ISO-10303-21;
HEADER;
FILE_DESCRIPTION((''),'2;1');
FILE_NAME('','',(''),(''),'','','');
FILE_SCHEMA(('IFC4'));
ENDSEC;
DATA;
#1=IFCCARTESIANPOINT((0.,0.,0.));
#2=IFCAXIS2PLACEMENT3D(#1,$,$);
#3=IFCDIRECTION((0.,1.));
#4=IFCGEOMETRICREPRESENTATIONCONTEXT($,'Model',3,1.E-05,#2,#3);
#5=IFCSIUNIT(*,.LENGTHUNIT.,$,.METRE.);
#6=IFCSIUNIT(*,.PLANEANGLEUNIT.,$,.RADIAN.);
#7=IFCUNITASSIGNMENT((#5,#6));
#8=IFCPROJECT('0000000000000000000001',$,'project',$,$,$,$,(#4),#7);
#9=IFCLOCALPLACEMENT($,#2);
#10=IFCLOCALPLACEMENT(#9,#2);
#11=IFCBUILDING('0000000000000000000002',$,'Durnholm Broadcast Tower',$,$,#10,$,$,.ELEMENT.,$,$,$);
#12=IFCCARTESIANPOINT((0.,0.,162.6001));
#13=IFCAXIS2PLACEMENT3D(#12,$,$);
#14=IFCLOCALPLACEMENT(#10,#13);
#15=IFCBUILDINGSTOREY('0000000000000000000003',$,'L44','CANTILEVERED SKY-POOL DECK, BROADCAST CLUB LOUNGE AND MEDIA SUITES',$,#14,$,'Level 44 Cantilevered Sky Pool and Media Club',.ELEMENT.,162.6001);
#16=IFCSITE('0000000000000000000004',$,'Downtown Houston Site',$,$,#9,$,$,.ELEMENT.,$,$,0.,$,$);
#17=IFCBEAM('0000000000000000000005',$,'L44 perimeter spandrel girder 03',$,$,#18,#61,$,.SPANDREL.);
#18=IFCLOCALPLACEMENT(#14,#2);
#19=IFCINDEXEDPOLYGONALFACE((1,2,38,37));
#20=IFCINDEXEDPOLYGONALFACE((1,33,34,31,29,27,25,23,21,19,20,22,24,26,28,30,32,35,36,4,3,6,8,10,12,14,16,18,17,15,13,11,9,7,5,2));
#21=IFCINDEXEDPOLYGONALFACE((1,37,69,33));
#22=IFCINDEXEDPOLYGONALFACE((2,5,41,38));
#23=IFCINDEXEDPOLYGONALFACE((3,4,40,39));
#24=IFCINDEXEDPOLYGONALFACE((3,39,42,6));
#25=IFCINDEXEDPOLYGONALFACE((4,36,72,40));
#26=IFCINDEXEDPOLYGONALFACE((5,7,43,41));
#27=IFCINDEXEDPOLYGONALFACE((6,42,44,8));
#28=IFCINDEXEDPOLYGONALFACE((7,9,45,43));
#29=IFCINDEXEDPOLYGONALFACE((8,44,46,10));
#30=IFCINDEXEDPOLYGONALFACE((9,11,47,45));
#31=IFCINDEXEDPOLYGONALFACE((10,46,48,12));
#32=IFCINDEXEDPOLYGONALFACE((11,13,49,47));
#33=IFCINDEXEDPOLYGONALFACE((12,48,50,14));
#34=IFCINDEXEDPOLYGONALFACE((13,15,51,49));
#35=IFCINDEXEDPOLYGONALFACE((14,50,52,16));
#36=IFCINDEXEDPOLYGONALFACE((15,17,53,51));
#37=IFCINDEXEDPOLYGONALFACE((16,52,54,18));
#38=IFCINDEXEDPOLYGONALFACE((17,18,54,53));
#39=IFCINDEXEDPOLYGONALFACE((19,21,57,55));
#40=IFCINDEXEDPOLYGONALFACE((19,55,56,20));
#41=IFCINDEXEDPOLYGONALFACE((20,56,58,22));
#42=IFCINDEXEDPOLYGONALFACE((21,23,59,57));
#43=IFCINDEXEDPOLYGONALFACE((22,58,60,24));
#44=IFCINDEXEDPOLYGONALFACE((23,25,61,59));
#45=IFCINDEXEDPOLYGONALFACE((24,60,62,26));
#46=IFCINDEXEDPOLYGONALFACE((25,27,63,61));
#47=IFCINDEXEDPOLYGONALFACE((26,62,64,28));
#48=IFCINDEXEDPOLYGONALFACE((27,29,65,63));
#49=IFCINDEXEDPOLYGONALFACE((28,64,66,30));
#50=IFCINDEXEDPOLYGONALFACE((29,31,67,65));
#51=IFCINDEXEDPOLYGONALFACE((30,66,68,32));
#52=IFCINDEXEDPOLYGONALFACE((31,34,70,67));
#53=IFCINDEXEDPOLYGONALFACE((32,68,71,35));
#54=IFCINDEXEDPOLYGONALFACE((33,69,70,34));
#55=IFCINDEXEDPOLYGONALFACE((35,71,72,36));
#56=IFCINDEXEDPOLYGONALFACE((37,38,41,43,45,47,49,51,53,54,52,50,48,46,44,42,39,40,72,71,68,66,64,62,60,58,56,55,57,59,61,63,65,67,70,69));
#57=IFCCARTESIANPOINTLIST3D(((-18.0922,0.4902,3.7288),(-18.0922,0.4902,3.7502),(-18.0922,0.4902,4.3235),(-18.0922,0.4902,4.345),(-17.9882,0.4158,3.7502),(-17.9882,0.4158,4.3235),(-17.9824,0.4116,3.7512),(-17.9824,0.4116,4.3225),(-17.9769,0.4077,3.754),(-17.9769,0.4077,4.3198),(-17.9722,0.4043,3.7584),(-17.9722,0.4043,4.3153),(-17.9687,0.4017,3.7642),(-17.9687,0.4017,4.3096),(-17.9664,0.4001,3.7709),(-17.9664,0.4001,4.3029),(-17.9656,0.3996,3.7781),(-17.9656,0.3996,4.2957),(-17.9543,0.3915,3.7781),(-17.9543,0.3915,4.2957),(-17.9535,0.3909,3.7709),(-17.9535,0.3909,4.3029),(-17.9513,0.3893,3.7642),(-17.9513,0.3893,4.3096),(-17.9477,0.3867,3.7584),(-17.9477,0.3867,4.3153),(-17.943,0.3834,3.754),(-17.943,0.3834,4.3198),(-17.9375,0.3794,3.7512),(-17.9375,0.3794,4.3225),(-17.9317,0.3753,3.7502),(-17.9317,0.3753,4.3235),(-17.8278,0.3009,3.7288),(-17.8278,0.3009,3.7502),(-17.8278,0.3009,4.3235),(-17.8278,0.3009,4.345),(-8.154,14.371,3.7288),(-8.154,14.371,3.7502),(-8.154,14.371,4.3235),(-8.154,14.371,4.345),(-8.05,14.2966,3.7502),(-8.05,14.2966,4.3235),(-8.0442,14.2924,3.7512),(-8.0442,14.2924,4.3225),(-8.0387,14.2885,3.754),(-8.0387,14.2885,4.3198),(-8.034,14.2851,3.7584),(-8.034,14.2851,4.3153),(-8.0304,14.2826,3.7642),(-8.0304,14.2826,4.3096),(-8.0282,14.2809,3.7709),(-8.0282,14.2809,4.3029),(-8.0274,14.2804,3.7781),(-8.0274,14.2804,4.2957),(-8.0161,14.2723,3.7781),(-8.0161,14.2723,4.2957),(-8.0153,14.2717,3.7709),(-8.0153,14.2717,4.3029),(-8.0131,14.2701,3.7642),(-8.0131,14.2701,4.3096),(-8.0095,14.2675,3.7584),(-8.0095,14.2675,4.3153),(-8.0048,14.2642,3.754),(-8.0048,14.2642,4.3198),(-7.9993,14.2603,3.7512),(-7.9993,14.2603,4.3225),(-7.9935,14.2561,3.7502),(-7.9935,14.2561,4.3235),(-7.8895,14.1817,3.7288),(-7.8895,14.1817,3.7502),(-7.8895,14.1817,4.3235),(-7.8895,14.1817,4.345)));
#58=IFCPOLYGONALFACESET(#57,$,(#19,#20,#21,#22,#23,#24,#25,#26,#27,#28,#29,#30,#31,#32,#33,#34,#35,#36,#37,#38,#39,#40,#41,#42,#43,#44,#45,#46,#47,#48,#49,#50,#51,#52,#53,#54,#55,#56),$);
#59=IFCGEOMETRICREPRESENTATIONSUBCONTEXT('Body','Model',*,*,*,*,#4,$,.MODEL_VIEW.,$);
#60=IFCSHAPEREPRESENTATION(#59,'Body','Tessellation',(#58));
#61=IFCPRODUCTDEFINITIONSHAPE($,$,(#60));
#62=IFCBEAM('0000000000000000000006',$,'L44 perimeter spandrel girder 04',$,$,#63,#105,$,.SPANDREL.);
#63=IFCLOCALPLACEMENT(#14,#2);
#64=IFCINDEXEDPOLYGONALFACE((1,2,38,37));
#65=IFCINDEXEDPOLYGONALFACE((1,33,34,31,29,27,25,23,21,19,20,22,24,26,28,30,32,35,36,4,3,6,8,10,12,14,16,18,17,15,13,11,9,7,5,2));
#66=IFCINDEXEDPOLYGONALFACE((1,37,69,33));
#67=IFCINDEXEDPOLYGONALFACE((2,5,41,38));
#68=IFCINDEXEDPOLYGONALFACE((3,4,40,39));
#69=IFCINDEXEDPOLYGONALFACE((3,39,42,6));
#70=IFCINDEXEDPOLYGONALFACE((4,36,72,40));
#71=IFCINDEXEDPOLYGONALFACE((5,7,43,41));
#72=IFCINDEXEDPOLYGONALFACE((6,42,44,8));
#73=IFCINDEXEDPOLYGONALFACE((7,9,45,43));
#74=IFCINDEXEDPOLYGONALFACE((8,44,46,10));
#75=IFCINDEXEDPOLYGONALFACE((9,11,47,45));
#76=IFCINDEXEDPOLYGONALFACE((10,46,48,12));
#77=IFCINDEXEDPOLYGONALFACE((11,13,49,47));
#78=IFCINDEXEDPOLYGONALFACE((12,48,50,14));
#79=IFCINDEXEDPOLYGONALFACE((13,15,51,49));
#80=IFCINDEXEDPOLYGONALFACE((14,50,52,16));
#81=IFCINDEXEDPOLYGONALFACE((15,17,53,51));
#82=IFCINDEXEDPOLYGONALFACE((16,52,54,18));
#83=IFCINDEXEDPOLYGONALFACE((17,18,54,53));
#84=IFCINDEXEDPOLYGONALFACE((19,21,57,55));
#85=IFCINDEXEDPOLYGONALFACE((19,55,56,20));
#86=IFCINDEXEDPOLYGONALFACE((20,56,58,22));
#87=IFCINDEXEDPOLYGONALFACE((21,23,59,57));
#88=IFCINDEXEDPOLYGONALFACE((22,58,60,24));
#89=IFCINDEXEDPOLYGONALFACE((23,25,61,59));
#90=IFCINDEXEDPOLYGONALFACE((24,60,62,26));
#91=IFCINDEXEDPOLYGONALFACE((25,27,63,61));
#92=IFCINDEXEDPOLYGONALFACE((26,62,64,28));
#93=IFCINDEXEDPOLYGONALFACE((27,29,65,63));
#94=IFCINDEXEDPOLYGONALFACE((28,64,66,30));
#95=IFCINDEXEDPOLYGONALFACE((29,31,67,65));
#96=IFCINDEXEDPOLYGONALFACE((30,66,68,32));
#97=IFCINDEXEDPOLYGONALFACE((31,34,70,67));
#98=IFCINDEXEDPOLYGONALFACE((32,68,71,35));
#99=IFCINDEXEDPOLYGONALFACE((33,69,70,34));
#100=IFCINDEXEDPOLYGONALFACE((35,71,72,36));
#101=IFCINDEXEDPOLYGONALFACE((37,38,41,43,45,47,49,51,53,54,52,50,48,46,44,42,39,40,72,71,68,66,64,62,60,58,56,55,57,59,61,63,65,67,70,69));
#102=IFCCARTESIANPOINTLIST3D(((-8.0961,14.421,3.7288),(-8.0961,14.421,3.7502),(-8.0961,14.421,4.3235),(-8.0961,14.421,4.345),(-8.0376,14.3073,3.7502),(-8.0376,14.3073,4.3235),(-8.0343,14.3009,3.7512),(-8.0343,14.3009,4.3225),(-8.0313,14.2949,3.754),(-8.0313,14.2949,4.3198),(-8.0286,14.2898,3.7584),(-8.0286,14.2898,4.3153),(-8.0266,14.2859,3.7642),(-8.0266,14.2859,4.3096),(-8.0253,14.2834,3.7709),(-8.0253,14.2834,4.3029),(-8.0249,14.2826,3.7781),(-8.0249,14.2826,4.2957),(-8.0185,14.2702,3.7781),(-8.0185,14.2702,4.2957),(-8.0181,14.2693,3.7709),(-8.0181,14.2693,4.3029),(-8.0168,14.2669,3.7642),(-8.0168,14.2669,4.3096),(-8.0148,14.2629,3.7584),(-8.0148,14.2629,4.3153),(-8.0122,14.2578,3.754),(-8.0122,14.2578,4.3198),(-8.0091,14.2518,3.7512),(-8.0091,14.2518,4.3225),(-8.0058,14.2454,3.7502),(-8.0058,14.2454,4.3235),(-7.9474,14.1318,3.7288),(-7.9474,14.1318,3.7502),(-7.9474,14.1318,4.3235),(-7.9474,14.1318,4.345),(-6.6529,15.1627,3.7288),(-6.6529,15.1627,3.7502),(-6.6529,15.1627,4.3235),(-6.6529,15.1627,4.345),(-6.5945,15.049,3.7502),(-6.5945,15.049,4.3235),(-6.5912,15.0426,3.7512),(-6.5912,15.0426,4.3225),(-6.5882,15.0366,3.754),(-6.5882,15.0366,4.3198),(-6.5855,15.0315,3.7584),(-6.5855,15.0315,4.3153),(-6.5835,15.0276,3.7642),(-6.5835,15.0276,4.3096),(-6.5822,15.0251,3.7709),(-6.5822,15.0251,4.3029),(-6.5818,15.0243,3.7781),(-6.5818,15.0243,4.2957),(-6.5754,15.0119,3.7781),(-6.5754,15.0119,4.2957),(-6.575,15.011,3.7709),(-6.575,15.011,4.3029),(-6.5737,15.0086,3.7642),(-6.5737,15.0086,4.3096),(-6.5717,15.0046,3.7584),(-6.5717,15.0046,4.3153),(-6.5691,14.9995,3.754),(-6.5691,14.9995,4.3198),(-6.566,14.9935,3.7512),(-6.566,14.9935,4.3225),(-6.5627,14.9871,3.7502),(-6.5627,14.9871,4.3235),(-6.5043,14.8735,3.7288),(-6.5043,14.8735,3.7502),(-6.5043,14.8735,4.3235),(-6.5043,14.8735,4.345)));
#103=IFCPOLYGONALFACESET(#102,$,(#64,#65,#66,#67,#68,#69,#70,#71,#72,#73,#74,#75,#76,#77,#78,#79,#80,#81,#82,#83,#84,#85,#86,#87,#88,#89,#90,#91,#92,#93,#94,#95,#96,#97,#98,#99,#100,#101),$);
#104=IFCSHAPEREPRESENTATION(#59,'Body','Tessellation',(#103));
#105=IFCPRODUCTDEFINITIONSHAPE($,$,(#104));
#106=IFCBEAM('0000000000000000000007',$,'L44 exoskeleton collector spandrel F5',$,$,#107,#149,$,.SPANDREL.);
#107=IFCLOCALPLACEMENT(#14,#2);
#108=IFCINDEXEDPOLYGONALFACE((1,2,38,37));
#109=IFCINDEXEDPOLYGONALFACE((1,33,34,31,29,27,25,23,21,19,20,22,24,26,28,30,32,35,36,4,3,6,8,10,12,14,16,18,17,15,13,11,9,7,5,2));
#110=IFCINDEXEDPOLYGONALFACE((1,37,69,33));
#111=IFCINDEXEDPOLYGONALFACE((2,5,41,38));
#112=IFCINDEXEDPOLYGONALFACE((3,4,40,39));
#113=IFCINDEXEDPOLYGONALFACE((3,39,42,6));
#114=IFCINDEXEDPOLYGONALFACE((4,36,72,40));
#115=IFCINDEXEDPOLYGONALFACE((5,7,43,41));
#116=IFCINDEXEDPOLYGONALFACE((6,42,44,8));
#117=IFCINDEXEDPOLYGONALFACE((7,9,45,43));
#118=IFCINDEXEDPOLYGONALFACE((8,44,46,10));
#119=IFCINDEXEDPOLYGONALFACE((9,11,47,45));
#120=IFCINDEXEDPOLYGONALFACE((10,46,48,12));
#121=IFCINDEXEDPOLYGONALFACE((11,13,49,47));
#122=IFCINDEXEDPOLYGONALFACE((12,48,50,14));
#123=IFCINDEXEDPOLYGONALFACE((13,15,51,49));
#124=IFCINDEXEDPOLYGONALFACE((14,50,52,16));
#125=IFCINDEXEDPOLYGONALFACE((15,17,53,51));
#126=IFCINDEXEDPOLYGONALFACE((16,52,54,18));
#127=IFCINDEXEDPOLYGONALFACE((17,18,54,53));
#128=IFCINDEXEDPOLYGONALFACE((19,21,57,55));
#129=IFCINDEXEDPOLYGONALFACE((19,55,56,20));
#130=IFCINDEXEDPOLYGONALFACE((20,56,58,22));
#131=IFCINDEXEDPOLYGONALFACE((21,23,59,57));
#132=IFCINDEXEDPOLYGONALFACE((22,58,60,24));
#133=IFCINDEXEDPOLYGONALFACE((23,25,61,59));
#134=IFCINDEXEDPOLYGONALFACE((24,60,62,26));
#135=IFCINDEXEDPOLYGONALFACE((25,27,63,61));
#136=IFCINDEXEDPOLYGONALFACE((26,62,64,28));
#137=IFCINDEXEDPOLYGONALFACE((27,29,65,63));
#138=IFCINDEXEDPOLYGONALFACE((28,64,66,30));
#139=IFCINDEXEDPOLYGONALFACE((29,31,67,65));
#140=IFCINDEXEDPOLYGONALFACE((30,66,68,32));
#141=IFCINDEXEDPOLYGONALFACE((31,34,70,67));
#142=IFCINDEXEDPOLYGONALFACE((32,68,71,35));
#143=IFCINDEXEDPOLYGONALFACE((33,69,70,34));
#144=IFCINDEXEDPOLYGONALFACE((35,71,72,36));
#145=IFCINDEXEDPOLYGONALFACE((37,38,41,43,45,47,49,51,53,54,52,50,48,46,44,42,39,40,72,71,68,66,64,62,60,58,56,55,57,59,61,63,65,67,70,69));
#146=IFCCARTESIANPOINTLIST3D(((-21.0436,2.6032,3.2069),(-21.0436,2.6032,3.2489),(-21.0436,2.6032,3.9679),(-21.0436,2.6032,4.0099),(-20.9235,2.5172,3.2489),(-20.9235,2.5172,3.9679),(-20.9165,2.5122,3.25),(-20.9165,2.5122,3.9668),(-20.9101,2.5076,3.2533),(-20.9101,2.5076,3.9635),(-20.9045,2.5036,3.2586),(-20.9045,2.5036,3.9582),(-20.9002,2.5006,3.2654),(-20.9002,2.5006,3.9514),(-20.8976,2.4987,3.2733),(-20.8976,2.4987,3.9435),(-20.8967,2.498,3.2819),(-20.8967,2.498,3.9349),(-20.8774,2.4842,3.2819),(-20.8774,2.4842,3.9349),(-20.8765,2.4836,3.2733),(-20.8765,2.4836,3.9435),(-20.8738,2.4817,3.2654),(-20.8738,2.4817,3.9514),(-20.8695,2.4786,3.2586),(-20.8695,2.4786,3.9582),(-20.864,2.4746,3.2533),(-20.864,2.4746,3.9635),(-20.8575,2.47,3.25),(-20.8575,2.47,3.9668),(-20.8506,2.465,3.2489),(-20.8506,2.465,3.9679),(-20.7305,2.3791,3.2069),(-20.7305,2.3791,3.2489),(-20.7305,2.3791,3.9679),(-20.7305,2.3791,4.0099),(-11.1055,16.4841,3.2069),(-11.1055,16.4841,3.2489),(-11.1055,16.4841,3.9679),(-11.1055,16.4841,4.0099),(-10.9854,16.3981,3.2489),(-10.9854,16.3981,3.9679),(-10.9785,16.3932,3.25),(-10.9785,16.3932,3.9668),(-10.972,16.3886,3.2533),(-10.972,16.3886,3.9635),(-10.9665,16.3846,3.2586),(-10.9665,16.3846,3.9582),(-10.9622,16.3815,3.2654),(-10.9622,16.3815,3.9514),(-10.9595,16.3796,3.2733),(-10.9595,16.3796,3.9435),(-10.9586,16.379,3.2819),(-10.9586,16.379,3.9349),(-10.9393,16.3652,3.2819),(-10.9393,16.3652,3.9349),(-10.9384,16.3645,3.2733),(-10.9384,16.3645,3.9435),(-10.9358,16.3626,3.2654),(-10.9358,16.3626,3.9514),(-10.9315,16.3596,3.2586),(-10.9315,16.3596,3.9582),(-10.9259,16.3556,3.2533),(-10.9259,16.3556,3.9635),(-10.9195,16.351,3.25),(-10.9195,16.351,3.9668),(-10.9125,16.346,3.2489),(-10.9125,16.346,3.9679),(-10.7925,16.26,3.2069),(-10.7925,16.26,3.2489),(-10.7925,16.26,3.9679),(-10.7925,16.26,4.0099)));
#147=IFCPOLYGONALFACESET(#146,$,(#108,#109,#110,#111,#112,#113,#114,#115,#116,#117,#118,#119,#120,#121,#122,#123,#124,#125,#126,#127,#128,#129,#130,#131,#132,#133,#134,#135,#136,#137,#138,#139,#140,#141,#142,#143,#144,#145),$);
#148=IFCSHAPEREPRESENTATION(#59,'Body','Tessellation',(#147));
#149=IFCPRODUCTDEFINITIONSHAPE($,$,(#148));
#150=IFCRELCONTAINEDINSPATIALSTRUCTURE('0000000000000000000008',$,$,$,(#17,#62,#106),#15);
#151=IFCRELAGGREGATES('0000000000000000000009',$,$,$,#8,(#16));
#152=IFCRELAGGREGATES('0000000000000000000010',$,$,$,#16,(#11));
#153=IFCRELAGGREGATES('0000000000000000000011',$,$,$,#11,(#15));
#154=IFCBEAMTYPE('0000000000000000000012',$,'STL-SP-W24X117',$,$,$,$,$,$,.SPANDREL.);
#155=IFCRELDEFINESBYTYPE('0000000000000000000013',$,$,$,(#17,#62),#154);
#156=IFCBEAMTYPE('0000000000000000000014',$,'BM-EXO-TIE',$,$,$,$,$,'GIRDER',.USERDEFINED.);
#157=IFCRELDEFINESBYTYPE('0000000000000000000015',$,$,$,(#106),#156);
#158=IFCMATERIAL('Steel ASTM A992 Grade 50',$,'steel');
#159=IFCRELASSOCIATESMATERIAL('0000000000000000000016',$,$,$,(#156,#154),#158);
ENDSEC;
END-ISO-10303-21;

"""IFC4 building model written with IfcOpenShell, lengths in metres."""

from ifc_helpers import new_model, si_unit, direction, frame, origin, origin_2d, place, context, subcontext, project, spatial, i_section, extrude, source, transform, mapped, material, material_profile, profile_set, type_object, type_shapes, element, save


model = new_model("IFC4")

# Units and contexts
model_context = context("Model", 3, precision=1e-05, world=origin(), true_north=direction((0.0, 1.0)))
body_context = subcontext(model_context, "Body", "Model", "MODEL_VIEW")
ifc_project = project(units=[si_unit("LENGTHUNIT", "METRE"), si_unit("PLANEANGLEUNIT", "RADIAN")], contexts=[model_context])

# Site, building, storey
site_placement = place(None, origin())
site = spatial("IfcSite", under=ifc_project, at=site_placement, Name="Downtown Houston Site", CompositionType="ELEMENT", RefElevation=0.0)
building_placement = place(site_placement, origin())
building = spatial("IfcBuilding", under=site, at=building_placement, Name="Durnholm Broadcast Tower", CompositionType="ELEMENT")
storey_placement = place(building_placement, frame((0.0, 0.0, 162.6001)))
storey = spatial("IfcBuildingStorey", under=building, at=storey_placement, Name="L44", Description="CANTILEVERED SKY-POOL DECK, BROADCAST CLUB LOUNGE AND MEDIA SUITES", LongName="Level 44 Cantilevered Sky Pool and Media Club", CompositionType="ELEMENT", Elevation=162.6001)

# Beams
ifc_material_1 = material(Name="Steel ASTM A992 Grade 50", Category="steel")
ifc_material_profile_1 = material_profile(ifc_material_1, i_section(OverallWidth=0.385, OverallDepth=0.803, WebThickness=0.0237, FlangeThickness=0.042, FilletRadius=0.033, at=origin_2d()), Name="W30X261")
ifc_profile_set_1 = profile_set([ifc_material_profile_1], Name="Steel ASTM A992 Grade 50")
beam_type_1 = type_object("IfcBeamType", Name="BM-EXO-TIE", ElementType="GIRDER", PredefinedType="USERDEFINED", material=ifc_profile_set_1)
ifc_material_profile_2 = material_profile(ifc_material_1, i_section(OverallWidth=0.3252, OverallDepth=0.6162, WebThickness=0.0139, FlangeThickness=0.0215, FilletRadius=0.0278, at=origin_2d()), Name="W24X117")
ifc_profile_set_2 = profile_set([ifc_material_profile_2], Name="Steel ASTM A992 Grade 50")
beam_type_2 = type_object("IfcBeamType", Name="STL-SP-W24X117", PredefinedType="SPANDREL", material=ifc_profile_set_2)
shared_shape_1 = source(origin(), body_context, "Body", "SweptSolid", [
    extrude(i_section(OverallWidth=0.3252, OverallDepth=0.6162, WebThickness=0.0139, FlangeThickness=0.0215, FilletRadius=0.0278, at=origin_2d()), origin(), (0.0, 0.0, 1.0), 17.0718),
])
beam_1_placement = place(storey_placement, frame((-17.96, 0.3955, 4.0369), z_axis=(0.582143, 0.813087, 0.0), x_axis=(-0.813087, 0.582143, 0.0)))
element("IfcBeam", 1, at=beam_1_placement, inside=storey, type_object=beam_type_2, Name="L44 perimeter spandrel girder 03", PredefinedType="SPANDREL", context=body_context, shape_type="MappedRepresentation", body=[
    mapped(shared_shape_1, transform((0.0, 0.0, 0.0), x_axis=(1.0, 0.0, 0.0), y_axis=(0.0, 1.0, 0.0), z_axis=(0.0, 0.0, 1.0), scale=1.0)),
])
shared_shape_2 = source(origin(), body_context, "Body", "SweptSolid", [
    extrude(i_section(OverallWidth=0.3252, OverallDepth=0.6162, WebThickness=0.0139, FlangeThickness=0.0215, FilletRadius=0.0278, at=origin_2d()), origin(), (0.0, 0.0, 1.0), 1.6226),
])
type_shapes(beam_type_2, [shared_shape_1, shared_shape_2])
beam_2_placement = place(storey_placement, frame((-8.0217, 14.2764, 4.0369), z_axis=(0.889407, 0.457117, 0.0), x_axis=(-0.457117, 0.889407, 0.0)))
element("IfcBeam", 2, at=beam_2_placement, inside=storey, type_object=beam_type_2, Name="L44 perimeter spandrel girder 04", PredefinedType="SPANDREL", context=body_context, shape_type="MappedRepresentation", body=[
    mapped(shared_shape_2, transform((0.0, 0.0, 0.0), x_axis=(1.0, 0.0, 0.0), y_axis=(0.0, 1.0, 0.0), z_axis=(0.0, 0.0, 1.0), scale=1.0)),
])
shared_shape_3 = source(origin(), body_context, "Body", "SweptSolid", [
    extrude(i_section(OverallWidth=0.385, OverallDepth=0.803, WebThickness=0.0237, FlangeThickness=0.042, FilletRadius=0.033, at=origin_2d()), origin(), (0.0, 0.0, 1.0), 17.0718),
])
beam_3_placement = place(storey_placement, frame((-10.949, 16.3721, 3.6084), z_axis=(-0.582133, -0.813093, 0.0), x_axis=(0.813093, -0.582133, 0.0)))
element("IfcBeam", 3, at=beam_3_placement, inside=storey, type_object=beam_type_1, Name="L44 exoskeleton collector spandrel F5", PredefinedType="SPANDREL", context=body_context, shape_type="MappedRepresentation", body=[
    mapped(shared_shape_3, transform((0.0, 0.0, 0.0), x_axis=(1.0, 0.0, 0.0), y_axis=(0.0, 1.0, 0.0), z_axis=(0.0, 0.0, 1.0), scale=1.0)),
])

save(model, "model.ifc")
